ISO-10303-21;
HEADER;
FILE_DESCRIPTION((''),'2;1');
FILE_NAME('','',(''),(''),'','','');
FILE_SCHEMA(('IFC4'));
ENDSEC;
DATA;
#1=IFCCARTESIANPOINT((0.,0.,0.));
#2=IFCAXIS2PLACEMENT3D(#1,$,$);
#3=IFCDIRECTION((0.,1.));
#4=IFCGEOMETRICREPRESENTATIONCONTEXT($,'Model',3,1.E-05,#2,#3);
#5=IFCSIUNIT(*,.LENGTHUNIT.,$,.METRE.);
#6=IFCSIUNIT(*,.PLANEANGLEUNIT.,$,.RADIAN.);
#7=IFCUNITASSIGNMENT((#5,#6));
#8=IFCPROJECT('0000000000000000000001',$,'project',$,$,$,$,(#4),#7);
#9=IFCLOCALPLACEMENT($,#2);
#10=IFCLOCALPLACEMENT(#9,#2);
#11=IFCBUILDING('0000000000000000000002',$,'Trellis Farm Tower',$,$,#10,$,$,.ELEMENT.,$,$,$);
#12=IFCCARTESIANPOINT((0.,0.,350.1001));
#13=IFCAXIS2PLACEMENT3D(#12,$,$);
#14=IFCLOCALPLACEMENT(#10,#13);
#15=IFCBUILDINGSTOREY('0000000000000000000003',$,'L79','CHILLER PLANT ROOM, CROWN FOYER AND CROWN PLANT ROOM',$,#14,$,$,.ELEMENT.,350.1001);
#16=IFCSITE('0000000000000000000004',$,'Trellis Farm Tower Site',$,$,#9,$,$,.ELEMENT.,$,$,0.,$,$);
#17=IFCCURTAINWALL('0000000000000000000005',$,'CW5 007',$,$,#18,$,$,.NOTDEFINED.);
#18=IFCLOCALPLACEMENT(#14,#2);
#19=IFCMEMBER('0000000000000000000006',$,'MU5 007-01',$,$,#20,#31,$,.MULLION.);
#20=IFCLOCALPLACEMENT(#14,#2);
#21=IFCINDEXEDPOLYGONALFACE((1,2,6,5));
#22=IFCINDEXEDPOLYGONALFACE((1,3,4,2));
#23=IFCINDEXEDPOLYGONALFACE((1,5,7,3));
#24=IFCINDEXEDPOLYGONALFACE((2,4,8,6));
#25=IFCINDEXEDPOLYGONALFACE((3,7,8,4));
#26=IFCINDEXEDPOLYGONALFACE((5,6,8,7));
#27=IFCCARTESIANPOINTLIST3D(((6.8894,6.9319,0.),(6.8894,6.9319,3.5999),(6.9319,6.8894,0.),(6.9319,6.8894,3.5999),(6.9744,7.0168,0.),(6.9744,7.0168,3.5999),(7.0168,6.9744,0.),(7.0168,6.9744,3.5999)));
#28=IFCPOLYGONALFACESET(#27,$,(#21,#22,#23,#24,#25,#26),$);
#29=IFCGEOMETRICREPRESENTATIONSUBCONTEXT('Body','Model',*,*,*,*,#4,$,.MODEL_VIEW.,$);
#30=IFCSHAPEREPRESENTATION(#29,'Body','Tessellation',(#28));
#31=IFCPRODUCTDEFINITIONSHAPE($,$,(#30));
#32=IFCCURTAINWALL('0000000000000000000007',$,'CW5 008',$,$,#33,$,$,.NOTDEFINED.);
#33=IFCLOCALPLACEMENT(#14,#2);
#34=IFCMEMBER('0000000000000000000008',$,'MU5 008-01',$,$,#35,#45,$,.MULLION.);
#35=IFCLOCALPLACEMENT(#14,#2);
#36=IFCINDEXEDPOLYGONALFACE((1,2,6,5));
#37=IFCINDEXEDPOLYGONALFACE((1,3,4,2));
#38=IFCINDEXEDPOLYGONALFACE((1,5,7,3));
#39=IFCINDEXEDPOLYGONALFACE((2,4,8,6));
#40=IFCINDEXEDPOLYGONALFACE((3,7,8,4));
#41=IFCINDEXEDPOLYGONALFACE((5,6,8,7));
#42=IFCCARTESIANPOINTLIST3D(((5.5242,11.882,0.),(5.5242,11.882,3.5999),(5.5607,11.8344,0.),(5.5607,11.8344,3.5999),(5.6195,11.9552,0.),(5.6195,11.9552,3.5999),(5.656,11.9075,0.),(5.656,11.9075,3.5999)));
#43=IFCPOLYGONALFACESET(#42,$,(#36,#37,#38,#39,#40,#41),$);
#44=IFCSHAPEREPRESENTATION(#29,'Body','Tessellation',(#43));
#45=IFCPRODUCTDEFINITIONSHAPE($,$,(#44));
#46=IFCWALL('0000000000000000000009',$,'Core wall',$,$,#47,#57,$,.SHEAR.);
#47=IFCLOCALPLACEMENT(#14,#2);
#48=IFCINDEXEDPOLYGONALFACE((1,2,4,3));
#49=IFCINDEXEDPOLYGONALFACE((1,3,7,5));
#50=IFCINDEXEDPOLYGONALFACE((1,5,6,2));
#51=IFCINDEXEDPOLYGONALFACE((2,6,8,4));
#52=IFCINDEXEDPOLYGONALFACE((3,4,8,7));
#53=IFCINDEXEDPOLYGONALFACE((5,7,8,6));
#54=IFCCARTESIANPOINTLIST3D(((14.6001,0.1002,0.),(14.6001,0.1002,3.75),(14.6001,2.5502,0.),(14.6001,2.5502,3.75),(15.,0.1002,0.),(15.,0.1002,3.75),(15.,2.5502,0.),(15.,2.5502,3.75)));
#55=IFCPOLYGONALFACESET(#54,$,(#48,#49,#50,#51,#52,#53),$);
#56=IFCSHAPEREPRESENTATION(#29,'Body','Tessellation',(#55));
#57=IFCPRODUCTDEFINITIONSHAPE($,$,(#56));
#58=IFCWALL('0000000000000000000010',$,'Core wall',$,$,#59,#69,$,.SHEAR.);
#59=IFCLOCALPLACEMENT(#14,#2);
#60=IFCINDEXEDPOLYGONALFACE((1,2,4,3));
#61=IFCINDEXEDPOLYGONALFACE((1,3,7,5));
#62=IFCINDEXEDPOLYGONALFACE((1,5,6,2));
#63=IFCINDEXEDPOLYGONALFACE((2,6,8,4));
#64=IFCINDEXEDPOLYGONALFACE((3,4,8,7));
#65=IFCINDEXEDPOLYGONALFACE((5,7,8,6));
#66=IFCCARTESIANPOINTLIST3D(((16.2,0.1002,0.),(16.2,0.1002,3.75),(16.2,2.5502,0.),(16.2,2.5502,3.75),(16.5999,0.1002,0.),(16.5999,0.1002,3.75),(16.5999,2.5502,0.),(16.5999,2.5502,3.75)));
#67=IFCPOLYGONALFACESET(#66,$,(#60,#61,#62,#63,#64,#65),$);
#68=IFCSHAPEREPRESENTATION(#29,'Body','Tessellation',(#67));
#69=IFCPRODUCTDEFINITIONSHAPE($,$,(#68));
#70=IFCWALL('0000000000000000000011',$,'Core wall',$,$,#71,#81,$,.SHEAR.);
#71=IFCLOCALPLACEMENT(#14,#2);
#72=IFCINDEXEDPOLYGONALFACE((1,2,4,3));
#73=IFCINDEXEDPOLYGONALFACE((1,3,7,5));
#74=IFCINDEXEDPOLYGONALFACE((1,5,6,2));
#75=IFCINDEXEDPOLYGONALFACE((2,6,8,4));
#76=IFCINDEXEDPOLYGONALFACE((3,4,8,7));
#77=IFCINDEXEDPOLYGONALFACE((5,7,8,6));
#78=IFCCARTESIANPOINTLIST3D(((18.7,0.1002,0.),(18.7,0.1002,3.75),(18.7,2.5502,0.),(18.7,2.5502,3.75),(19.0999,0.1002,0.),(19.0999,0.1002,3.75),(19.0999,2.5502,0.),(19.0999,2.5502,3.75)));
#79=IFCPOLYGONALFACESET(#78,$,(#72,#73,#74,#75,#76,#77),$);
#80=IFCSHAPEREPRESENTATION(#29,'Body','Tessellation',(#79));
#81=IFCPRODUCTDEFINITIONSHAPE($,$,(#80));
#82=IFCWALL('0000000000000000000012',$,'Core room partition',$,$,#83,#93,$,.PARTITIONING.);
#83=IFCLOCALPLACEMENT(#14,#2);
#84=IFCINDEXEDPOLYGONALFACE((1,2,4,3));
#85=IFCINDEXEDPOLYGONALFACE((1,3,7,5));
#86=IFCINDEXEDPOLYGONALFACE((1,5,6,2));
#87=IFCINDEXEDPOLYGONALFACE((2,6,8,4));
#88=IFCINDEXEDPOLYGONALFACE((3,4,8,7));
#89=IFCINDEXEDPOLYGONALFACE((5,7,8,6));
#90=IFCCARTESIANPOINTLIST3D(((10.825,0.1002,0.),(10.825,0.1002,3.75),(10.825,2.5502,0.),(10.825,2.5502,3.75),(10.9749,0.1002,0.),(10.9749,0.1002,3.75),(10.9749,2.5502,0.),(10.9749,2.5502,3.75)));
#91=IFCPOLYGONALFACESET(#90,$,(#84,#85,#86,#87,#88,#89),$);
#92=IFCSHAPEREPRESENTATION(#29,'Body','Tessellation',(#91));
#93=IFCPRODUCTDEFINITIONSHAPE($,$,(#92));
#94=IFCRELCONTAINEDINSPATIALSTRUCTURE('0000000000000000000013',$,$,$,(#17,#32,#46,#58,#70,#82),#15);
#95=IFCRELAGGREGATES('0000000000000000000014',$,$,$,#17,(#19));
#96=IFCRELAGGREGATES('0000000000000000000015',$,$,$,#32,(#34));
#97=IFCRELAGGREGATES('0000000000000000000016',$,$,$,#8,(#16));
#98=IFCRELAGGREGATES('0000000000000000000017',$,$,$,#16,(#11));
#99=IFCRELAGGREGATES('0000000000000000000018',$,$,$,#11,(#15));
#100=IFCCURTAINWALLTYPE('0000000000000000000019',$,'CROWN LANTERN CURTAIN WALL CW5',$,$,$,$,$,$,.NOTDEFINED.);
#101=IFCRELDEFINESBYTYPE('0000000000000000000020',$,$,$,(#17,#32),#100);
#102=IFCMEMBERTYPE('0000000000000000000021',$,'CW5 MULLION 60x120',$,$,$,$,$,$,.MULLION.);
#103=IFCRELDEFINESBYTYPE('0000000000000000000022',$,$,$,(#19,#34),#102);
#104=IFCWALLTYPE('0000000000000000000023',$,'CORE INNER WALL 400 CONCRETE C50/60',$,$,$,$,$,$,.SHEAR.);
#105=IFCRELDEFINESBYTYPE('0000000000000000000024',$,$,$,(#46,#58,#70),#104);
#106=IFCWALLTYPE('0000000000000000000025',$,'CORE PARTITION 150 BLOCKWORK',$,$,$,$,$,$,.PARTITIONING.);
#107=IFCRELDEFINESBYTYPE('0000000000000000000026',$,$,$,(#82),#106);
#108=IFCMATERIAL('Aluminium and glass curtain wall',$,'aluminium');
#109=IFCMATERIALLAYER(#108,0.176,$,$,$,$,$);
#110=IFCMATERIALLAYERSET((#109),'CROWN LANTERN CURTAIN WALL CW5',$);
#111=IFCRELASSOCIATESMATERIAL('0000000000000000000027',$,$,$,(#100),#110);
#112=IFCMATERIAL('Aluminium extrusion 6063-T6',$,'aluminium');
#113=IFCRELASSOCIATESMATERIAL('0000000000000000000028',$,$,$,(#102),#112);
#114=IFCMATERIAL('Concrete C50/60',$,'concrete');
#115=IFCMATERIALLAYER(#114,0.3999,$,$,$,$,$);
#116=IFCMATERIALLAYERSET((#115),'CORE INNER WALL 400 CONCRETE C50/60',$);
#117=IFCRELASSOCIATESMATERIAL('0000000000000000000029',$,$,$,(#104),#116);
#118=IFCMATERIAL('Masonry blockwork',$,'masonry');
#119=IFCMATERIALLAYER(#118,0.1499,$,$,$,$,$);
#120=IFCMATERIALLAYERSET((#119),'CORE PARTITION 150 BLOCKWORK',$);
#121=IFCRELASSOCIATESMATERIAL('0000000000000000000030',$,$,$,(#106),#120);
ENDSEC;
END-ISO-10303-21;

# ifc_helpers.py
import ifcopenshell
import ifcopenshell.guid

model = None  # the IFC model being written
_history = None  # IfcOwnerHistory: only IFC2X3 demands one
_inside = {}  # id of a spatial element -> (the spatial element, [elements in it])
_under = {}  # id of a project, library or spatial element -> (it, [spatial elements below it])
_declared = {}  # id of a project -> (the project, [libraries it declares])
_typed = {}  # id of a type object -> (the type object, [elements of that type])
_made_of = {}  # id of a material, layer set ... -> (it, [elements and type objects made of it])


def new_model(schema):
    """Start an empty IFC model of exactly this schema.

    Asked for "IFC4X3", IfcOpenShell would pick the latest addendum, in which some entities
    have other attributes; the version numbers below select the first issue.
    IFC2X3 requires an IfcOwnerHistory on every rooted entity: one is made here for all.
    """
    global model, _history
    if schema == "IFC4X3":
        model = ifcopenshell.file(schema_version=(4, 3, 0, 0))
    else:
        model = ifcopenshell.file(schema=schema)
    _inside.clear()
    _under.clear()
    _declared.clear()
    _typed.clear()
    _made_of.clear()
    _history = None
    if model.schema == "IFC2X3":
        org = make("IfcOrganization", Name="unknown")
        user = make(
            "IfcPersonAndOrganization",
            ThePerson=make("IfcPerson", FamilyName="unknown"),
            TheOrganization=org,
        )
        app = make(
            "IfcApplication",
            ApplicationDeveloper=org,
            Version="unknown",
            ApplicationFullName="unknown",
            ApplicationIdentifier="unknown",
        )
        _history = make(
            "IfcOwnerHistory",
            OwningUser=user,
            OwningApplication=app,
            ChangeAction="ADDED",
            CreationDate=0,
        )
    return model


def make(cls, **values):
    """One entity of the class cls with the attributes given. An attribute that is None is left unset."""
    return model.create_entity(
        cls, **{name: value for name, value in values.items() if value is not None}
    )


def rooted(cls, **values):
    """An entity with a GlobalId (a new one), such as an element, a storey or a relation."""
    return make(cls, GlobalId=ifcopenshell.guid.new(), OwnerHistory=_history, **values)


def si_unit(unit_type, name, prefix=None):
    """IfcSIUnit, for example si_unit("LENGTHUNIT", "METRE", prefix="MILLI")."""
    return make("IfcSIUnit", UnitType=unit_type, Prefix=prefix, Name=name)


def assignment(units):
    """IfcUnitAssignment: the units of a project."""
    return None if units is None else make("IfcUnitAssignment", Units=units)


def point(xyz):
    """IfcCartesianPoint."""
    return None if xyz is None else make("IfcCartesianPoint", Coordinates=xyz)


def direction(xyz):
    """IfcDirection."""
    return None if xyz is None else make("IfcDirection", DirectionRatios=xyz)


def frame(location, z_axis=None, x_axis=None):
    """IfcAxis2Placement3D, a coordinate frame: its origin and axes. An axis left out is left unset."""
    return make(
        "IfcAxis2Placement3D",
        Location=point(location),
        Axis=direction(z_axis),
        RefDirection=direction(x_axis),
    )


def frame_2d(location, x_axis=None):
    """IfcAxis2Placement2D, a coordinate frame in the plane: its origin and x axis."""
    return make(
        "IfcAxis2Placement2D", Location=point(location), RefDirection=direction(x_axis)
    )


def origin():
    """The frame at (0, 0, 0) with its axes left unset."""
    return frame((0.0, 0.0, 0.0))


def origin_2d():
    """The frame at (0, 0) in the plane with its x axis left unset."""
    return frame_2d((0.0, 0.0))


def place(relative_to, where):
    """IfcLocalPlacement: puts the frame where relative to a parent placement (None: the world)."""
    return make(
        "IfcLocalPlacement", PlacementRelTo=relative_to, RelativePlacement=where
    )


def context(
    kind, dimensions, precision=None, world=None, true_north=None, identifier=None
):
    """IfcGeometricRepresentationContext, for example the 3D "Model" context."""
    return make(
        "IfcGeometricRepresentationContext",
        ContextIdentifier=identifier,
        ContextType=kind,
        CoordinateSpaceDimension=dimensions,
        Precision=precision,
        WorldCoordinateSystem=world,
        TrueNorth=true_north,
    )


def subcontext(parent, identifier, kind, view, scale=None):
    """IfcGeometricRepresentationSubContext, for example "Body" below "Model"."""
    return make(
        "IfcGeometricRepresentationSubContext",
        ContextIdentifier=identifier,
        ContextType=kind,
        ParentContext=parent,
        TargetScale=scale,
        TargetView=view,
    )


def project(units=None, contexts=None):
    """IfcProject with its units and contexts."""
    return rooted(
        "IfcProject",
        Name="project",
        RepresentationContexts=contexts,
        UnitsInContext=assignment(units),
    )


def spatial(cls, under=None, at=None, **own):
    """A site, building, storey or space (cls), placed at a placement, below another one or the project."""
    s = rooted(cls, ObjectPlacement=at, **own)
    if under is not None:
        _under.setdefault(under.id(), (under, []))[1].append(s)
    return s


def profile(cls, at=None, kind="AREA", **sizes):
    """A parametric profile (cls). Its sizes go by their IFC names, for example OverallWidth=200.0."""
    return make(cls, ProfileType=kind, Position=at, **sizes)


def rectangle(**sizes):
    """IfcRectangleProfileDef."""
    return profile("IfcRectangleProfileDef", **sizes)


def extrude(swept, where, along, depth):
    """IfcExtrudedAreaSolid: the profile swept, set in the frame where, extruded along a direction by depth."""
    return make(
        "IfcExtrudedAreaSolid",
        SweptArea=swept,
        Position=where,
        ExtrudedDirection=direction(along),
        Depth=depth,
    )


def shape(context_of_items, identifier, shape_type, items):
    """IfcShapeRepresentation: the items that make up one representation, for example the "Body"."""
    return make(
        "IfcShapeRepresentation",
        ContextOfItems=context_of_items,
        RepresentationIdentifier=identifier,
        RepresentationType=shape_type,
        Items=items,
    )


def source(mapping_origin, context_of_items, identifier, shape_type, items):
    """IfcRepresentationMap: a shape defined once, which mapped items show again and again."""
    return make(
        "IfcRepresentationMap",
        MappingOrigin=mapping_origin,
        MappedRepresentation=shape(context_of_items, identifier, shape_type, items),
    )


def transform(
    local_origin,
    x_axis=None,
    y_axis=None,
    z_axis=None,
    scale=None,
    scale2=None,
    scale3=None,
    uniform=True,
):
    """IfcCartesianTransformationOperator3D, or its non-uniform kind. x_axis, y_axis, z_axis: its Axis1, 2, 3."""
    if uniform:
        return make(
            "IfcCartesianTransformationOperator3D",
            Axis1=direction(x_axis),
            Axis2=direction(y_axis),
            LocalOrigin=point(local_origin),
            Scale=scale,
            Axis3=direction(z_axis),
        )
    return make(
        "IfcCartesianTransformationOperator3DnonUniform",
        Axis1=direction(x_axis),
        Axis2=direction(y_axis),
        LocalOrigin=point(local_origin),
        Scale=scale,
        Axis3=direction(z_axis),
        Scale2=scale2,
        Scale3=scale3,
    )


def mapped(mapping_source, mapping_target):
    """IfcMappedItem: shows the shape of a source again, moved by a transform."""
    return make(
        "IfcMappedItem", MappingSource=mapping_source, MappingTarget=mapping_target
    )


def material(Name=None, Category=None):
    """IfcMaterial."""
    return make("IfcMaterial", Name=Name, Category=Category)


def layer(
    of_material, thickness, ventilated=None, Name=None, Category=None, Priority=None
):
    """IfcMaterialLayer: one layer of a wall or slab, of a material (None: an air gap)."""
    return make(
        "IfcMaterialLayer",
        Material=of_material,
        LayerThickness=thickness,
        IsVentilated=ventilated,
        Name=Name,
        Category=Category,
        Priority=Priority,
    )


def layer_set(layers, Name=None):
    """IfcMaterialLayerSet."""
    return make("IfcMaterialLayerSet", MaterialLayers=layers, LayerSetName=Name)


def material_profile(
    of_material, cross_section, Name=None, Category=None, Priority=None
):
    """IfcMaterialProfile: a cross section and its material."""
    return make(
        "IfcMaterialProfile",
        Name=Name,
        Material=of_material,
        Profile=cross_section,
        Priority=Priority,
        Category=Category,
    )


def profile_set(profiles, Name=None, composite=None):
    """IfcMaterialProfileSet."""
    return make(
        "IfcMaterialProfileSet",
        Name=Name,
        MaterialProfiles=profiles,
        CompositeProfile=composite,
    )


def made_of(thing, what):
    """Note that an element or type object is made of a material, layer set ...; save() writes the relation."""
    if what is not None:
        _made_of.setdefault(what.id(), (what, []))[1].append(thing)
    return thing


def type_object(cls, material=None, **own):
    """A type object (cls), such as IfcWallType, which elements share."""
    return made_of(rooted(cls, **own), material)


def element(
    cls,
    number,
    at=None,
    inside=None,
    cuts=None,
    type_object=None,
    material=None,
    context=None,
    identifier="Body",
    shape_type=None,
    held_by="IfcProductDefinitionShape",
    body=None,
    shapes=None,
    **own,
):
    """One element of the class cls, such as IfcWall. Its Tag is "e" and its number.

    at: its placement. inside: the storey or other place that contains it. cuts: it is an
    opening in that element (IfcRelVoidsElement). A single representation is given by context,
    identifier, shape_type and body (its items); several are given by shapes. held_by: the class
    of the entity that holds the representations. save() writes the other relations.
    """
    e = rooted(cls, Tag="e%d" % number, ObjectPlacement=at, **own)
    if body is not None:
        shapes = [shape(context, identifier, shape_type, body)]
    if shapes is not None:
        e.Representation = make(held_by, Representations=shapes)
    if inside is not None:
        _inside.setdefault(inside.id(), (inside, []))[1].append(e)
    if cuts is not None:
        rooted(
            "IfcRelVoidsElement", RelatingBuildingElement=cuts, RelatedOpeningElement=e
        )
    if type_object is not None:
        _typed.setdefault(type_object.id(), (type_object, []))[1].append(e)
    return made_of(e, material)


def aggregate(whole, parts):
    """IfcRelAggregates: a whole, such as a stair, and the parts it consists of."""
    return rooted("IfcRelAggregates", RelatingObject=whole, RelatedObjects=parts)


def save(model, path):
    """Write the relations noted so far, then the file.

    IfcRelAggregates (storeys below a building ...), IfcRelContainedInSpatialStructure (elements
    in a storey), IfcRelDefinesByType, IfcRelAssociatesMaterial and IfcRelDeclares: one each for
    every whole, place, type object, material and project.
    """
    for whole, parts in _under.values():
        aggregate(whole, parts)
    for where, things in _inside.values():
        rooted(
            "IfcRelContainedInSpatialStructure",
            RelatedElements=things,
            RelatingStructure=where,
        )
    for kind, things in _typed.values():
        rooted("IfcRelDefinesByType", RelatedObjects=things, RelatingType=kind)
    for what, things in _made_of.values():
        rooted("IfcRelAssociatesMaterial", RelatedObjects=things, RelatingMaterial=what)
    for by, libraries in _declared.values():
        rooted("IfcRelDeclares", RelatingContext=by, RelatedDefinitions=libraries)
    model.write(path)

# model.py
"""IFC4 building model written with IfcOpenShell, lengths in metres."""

from ifc_helpers import new_model, si_unit, direction, frame, frame_2d, origin, origin_2d, place, context, subcontext, project, spatial, rectangle, extrude, source, transform, mapped, material, layer, layer_set, material_profile, profile_set, type_object, element, aggregate, save


model = new_model("IFC4")

# Units and contexts
model_context = context("Model", 3, precision=1e-05, world=origin(), true_north=direction((0.0, 1.0)))
body_context = subcontext(model_context, "Body", "Model", "MODEL_VIEW")
ifc_project = project(units=[si_unit("LENGTHUNIT", "METRE"), si_unit("PLANEANGLEUNIT", "RADIAN")], contexts=[model_context])

# Site, building, storey
site_placement = place(None, origin())
site = spatial("IfcSite", under=ifc_project, at=site_placement, Name="Trellis Farm Tower Site", CompositionType="ELEMENT", RefElevation=0.0)
building_placement = place(site_placement, origin())
building = spatial("IfcBuilding", under=site, at=building_placement, Name="Trellis Farm Tower", CompositionType="ELEMENT")
storey_placement = place(building_placement, frame((0.0, 0.0, 350.1001)))
storey = spatial("IfcBuildingStorey", under=building, at=storey_placement, Name="L79", Description="CHILLER PLANT ROOM, CROWN FOYER AND CROWN PLANT ROOM", CompositionType="ELEMENT", Elevation=350.1001)

# Shared definitions
ifc_material_1 = material(Name="Concrete C50/60", Category="concrete")

# Curtain walls, members
ifc_material_2 = material(Name="Aluminium and glass curtain wall", Category="aluminium")
ifc_layer_1 = layer(ifc_material_2, 0.176)
ifc_layer_set_1 = layer_set([ifc_layer_1], Name="CROWN LANTERN CURTAIN WALL CW5")
curtain_wall_type = type_object("IfcCurtainWallType", Name="CROWN LANTERN CURTAIN WALL CW5", PredefinedType="NOTDEFINED", material=ifc_layer_set_1)
placement = place(storey_placement, origin())
ifc_material_3 = material(Name="Aluminium extrusion 6063-T6", Category="aluminium")
ifc_material_profile_1 = material_profile(ifc_material_3, rectangle(XDim=0.0601, YDim=0.1201, at=origin_2d()), Name="MULLION 60x120")
ifc_profile_set_1 = profile_set([ifc_material_profile_1], Name="Aluminium extrusion 6063-T6")
member_type = type_object("IfcMemberType", Name="CW5 MULLION 60x120", PredefinedType="MULLION", material=ifc_profile_set_1)
shared_shape_1 = source(origin(), body_context, "Body", "SweptSolid", [
    extrude(rectangle(XDim=0.0601, YDim=0.1201, at=origin_2d()), origin(), (0.0, 0.0, 1.0), 3.5999),
])
curtain_wall_1 = element("IfcCurtainWall", 1, at=placement, inside=storey, type_object=curtain_wall_type, Name="CW5 007", PredefinedType="NOTDEFINED")
member_1_placement = place(storey_placement, frame((6.9531, 6.9531, 0.0), z_axis=(0.0, 0.0, 1.0), x_axis=(-0.707107, 0.707107, 0.0)))
member_1 = element("IfcMember", 2, at=member_1_placement, type_object=member_type, Name="MU5 007-01", PredefinedType="MULLION", context=body_context, shape_type="MappedRepresentation", body=[
    mapped(shared_shape_1, transform((0.0, 0.0, 0.0))),
])
aggregate(curtain_wall_1, [member_1])
curtain_wall_2 = element("IfcCurtainWall", 3, at=placement, inside=storey, type_object=curtain_wall_type, Name="CW5 008", PredefinedType="NOTDEFINED")
member_2_placement = place(storey_placement, frame((5.5901, 11.8948, 0.0), z_axis=(0.0, 0.0, 1.0), x_axis=(-0.608761, 0.793353, 0.0)))
member_2 = element("IfcMember", 4, at=member_2_placement, type_object=member_type, Name="MU5 008-01", PredefinedType="MULLION", context=body_context, shape_type="MappedRepresentation", body=[
    mapped(shared_shape_1, transform((0.0, 0.0, 0.0))),
])
aggregate(curtain_wall_2, [member_2])

# Walls
ifc_layer_2 = layer(ifc_material_1, 0.3999)
ifc_layer_set_2 = layer_set([ifc_layer_2], Name="CORE INNER WALL 400 CONCRETE C50/60")
wall_type_1 = type_object("IfcWallType", Name="CORE INNER WALL 400 CONCRETE C50/60", PredefinedType="SHEAR", material=ifc_layer_set_2)
shared_shape_2 = source(origin(), body_context, "Body", "SweptSolid", [
    extrude(rectangle(XDim=2.45, YDim=0.3999, at=frame_2d((1.2251, 0.0))), origin(), (0.0, 0.0, 1.0), 3.75),
])
for number, where, z_axis, x_axis, name in (
    (5, (14.8, 0.1001, 0.0), (0.0, 0.0, 1.0), (0.0, 1.0, 0.0), "Core wall"),
    (6, (16.3999, 0.1001, 0.0), (0.0, 0.0, 1.0), (0.0, 1.0, 0.0), "Core wall"),
    (7, (18.8999, 0.1001, 0.0), (0.0, 0.0, 1.0), (0.0, 1.0, 0.0), "Core wall"),
):
    element("IfcWall", number, at=place(storey_placement, frame(where, z_axis=z_axis, x_axis=x_axis)), inside=storey, type_object=wall_type_1, Name=name, PredefinedType="SHEAR", context=body_context, shape_type="MappedRepresentation", body=[
        mapped(shared_shape_2, transform((0.0, 0.0, 0.0))),
    ])
ifc_material_4 = material(Name="Masonry blockwork", Category="masonry")
ifc_layer_3 = layer(ifc_material_4, 0.1499)
ifc_layer_set_3 = layer_set([ifc_layer_3], Name="CORE PARTITION 150 BLOCKWORK")
wall_type_2 = type_object("IfcWallType", Name="CORE PARTITION 150 BLOCKWORK", PredefinedType="PARTITIONING", material=ifc_layer_set_3)
shared_shape_3 = source(origin(), body_context, "Body", "SweptSolid", [
    extrude(rectangle(XDim=2.45, YDim=0.1499, at=frame_2d((1.2251, 0.0))), origin(), (0.0, 0.0, 1.0), 3.75),
])
wall_1_placement = place(storey_placement, frame((10.8999, 0.1001, 0.0), z_axis=(0.0, 0.0, 1.0), x_axis=(0.0, 1.0, 0.0)))
element("IfcWall", 8, at=wall_1_placement, inside=storey, type_object=wall_type_2, Name="Core room partition", PredefinedType="PARTITIONING", context=body_context, shape_type="MappedRepresentation", body=[
    mapped(shared_shape_3, transform((0.0, 0.0, 0.0))),
])

save(model, "model.ifc")
